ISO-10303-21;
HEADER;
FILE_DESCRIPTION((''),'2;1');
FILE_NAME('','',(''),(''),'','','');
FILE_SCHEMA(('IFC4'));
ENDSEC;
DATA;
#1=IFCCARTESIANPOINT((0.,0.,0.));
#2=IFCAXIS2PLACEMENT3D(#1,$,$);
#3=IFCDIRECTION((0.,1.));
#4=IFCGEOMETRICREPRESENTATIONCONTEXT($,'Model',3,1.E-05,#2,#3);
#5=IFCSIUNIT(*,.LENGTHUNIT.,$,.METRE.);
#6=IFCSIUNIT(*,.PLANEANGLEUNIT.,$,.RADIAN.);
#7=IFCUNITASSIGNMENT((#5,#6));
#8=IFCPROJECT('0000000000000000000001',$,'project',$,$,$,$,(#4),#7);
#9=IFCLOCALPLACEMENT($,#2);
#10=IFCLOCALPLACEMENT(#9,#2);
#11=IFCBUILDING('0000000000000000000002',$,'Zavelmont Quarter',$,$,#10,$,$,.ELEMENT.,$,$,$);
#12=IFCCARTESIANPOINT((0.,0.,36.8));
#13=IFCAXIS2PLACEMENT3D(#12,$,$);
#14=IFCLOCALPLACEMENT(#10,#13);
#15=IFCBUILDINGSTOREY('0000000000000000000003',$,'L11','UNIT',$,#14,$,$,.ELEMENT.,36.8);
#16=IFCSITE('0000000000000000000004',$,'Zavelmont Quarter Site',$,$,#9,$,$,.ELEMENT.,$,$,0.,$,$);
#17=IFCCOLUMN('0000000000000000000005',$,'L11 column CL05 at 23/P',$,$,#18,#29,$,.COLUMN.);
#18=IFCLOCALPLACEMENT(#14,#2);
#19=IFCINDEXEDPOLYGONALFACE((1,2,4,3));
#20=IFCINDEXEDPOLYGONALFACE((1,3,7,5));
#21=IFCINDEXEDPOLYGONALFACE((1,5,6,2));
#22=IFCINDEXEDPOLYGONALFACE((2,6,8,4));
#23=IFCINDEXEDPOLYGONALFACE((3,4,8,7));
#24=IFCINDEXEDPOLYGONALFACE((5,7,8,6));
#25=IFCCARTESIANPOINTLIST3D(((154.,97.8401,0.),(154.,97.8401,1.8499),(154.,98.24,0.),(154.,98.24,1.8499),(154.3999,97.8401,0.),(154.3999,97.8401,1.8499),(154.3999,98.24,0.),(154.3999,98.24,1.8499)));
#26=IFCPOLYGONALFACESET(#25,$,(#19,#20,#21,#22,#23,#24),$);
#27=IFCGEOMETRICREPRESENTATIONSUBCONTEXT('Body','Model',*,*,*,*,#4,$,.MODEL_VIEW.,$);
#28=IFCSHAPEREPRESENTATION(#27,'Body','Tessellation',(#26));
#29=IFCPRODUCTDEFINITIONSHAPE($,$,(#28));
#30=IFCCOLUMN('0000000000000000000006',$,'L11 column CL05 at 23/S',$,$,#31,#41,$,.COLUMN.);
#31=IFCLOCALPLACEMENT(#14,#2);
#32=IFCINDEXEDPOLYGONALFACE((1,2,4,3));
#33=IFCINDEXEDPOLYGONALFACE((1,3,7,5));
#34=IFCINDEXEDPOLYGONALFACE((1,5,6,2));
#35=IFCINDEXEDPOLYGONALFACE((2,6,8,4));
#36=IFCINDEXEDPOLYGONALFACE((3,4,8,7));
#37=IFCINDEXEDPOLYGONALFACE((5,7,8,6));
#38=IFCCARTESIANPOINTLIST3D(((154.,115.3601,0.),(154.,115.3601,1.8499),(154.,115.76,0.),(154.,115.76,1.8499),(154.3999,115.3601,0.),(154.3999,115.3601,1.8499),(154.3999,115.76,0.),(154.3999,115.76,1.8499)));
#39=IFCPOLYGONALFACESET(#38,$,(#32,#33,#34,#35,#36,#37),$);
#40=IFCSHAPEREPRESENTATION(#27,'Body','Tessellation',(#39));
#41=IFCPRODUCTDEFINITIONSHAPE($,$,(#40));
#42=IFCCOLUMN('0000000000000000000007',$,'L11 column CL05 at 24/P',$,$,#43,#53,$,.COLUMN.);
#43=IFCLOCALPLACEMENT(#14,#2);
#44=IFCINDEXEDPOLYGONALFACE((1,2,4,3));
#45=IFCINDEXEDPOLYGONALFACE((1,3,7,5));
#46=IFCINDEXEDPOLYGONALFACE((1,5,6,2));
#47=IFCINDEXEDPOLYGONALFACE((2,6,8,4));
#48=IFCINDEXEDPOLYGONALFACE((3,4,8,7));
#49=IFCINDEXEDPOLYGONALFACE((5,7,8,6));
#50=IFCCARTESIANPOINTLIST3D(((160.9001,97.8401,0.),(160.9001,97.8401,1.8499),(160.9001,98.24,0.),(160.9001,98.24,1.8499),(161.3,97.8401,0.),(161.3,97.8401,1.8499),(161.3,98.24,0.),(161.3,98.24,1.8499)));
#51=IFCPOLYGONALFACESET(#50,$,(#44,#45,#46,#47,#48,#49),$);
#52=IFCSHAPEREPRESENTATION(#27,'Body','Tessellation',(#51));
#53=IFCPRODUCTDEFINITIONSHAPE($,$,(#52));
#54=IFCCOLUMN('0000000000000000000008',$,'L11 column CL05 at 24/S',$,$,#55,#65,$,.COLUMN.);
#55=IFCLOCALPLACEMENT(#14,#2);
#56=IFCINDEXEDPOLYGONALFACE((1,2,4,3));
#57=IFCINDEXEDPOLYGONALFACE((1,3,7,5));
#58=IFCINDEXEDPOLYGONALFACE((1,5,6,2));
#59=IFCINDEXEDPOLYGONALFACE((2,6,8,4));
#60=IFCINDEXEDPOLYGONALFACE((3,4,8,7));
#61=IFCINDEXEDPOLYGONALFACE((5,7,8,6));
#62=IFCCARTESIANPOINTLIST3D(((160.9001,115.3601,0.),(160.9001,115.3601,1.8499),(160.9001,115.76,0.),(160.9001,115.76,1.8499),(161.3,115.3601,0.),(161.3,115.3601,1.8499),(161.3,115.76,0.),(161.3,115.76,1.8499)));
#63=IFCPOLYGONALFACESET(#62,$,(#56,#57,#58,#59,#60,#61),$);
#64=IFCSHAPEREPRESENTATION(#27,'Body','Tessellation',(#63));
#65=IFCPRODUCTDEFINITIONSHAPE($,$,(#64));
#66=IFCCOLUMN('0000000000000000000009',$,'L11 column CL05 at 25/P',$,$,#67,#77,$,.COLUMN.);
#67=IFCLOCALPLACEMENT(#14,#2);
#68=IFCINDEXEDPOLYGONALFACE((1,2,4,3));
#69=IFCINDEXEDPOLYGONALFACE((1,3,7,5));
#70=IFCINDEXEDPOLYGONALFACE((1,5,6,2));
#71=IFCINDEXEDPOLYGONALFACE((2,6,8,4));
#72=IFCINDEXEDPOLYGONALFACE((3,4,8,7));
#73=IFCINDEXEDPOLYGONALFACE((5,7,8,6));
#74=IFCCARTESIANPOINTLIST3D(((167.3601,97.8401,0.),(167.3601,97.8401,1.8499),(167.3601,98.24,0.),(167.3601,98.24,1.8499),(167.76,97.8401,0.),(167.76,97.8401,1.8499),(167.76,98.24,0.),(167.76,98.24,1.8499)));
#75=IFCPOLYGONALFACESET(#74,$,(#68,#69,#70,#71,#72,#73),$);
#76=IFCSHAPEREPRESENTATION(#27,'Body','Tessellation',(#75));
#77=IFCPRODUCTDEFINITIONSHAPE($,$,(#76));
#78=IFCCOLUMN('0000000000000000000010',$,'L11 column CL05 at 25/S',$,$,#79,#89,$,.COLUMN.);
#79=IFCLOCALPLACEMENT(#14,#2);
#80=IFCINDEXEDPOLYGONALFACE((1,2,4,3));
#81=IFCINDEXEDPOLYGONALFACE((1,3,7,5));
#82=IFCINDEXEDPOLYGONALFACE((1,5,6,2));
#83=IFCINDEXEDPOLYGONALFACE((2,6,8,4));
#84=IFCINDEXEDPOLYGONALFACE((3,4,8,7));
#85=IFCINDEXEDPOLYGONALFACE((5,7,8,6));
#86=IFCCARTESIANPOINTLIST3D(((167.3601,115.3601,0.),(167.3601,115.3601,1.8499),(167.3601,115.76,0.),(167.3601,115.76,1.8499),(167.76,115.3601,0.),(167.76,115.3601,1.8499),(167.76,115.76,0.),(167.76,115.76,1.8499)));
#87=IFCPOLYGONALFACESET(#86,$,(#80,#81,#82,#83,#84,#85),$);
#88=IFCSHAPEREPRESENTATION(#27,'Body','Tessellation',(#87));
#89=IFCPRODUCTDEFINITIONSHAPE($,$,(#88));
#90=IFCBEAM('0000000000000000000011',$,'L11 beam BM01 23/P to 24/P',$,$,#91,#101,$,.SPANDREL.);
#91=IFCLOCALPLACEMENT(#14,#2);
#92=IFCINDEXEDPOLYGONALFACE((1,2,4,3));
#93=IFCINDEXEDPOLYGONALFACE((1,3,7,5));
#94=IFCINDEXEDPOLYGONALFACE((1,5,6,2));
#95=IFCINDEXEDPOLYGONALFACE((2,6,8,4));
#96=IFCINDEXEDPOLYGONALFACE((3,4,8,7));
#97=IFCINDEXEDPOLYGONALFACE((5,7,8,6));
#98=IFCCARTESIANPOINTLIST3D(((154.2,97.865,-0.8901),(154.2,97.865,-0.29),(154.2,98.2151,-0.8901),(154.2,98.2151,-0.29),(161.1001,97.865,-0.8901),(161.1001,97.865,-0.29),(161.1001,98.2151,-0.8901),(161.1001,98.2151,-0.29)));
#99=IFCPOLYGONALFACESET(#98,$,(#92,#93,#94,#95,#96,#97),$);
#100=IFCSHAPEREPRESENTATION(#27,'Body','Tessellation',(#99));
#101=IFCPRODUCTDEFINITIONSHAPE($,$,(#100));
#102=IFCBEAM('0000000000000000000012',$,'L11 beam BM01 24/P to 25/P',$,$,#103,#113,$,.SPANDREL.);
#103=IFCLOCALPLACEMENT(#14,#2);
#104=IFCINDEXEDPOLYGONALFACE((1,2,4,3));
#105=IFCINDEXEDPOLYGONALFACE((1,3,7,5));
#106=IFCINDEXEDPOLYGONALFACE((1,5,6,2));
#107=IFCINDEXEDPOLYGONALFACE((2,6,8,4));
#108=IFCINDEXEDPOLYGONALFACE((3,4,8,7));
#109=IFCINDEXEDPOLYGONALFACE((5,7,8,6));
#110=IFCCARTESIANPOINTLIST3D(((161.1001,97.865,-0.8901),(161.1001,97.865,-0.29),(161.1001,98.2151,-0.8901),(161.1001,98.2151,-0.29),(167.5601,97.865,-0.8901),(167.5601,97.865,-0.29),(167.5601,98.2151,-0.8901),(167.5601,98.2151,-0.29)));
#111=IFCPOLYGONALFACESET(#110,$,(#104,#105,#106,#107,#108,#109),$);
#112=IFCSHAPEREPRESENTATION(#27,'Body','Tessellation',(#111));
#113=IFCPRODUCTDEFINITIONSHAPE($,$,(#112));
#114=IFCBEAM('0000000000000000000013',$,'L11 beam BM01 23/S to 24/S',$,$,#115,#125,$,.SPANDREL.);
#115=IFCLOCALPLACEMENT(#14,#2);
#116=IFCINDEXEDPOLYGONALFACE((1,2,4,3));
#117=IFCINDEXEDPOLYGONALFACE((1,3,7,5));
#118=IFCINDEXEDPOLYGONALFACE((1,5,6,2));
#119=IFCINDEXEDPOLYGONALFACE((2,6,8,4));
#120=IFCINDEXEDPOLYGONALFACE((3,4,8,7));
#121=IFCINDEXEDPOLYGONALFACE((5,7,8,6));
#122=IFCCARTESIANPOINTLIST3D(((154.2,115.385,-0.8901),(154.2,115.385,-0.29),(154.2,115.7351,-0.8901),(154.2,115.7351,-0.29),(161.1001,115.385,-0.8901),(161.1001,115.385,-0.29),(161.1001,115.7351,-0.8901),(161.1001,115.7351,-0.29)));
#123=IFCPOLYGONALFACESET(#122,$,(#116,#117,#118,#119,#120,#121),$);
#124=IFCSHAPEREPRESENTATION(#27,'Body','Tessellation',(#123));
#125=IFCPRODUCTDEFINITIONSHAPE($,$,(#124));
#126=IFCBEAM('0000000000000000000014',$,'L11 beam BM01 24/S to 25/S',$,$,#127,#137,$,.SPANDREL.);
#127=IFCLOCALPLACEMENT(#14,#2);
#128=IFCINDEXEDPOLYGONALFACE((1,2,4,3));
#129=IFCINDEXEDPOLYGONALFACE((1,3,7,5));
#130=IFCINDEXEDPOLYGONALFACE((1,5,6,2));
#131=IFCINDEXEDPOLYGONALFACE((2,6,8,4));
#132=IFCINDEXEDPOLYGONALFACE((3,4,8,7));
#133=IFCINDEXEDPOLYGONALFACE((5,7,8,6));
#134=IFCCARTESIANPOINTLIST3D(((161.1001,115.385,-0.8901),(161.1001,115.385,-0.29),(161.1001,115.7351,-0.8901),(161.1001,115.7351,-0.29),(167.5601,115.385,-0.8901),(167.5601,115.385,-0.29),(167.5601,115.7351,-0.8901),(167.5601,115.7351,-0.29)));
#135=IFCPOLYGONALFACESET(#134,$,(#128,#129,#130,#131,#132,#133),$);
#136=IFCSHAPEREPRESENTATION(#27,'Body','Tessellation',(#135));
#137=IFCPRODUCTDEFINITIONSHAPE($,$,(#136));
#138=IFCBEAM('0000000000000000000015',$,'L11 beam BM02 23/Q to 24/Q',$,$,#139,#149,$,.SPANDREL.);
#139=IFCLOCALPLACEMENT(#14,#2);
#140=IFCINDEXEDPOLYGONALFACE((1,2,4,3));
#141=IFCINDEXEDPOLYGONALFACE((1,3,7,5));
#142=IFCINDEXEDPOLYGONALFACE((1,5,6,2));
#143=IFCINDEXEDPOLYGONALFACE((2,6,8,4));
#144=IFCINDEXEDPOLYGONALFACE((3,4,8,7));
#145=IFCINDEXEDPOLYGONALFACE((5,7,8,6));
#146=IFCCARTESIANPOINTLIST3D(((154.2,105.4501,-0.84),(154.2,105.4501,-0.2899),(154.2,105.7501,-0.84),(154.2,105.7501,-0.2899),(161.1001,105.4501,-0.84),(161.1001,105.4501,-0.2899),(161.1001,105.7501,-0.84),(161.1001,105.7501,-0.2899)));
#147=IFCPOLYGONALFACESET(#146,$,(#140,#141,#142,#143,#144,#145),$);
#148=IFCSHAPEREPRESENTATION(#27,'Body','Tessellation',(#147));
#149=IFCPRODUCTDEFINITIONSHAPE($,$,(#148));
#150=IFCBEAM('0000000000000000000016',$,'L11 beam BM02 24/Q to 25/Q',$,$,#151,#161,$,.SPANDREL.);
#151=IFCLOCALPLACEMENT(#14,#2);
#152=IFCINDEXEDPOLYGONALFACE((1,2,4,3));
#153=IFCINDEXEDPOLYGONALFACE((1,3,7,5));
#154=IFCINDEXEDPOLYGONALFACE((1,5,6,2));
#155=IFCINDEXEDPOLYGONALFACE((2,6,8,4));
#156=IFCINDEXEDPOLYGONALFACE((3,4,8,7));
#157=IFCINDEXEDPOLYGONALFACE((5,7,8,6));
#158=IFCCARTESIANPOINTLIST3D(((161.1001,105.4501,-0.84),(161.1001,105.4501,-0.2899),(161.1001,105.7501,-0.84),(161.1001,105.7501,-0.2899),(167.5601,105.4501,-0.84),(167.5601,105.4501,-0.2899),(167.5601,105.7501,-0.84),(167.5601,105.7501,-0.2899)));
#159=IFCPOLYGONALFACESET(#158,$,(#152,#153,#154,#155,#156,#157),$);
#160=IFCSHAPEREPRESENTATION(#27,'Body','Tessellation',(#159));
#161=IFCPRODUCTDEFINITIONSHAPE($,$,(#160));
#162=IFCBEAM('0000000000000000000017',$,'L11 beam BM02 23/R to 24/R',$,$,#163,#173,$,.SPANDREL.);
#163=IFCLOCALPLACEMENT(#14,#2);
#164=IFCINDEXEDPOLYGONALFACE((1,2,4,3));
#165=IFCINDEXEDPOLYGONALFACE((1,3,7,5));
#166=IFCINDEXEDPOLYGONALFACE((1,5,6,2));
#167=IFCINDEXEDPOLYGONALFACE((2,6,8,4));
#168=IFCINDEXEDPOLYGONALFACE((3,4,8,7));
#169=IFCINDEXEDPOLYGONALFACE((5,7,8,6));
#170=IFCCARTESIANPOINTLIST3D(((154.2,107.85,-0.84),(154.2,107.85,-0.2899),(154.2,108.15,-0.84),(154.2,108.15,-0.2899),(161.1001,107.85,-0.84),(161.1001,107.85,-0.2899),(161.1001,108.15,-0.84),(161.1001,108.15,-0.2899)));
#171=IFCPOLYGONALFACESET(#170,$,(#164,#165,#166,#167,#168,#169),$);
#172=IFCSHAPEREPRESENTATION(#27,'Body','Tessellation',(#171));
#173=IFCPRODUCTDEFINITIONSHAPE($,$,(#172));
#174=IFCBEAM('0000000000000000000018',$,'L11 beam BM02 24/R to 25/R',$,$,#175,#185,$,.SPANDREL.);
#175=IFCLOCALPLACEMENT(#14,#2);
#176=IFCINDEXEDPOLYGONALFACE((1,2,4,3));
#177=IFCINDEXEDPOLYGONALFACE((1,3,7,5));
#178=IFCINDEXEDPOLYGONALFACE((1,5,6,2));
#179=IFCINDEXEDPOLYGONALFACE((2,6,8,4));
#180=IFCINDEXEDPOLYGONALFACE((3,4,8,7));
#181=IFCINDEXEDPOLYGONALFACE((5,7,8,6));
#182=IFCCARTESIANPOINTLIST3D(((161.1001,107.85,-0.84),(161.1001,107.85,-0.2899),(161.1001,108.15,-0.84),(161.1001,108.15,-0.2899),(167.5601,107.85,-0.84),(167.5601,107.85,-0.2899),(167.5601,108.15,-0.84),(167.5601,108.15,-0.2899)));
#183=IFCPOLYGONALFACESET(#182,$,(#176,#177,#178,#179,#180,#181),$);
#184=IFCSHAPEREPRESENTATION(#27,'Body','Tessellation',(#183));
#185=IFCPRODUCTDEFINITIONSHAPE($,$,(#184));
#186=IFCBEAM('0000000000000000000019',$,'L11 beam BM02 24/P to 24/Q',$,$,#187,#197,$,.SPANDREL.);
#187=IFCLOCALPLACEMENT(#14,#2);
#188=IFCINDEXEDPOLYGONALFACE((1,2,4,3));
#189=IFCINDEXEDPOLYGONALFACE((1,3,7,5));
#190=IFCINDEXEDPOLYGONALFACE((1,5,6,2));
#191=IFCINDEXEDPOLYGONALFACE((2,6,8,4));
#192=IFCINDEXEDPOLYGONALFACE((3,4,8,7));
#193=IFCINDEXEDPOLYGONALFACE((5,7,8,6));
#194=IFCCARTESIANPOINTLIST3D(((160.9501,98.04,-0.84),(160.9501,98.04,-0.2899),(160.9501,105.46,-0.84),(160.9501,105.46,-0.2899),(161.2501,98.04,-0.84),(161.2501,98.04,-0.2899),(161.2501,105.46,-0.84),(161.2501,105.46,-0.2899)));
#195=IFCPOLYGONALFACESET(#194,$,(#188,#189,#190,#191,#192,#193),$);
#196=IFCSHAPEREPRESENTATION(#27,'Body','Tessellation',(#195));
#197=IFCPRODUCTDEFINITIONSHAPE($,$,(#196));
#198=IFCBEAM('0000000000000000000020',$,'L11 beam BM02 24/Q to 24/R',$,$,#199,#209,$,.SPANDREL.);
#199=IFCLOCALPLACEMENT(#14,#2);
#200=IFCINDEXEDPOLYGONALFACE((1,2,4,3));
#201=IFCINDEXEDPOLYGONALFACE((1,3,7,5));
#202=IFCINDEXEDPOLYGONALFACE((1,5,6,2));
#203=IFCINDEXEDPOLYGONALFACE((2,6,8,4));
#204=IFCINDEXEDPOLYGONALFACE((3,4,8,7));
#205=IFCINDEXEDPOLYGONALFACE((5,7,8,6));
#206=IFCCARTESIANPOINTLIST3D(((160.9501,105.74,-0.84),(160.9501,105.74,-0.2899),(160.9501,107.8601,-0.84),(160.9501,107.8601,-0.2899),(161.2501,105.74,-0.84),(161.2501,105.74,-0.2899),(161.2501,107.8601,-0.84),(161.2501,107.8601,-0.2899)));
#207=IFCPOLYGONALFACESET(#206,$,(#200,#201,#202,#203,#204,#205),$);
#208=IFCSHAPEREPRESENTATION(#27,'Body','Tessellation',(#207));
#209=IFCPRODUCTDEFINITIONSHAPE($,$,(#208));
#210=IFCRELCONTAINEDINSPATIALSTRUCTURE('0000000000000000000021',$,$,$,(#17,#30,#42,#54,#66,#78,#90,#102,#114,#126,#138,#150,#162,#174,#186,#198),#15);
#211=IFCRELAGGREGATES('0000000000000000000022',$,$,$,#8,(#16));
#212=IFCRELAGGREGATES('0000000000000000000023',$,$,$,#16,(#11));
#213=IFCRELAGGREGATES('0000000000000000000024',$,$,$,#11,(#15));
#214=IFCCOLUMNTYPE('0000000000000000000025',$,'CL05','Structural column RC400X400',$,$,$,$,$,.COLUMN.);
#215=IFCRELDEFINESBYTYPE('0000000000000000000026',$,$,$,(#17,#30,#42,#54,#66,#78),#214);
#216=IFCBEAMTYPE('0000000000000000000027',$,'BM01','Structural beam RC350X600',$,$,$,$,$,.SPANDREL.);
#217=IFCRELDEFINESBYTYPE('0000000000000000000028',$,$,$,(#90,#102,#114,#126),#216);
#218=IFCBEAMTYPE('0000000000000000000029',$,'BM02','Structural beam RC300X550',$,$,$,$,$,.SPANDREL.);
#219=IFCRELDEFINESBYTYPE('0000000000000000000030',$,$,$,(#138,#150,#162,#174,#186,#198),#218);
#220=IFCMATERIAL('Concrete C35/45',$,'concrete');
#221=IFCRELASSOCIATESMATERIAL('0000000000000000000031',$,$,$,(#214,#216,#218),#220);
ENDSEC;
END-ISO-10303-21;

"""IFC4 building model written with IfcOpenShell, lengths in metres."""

from ifc_helpers import new_model, si_unit, direction, frame, origin, origin_2d, place, context, subcontext, project, spatial, rectangle, extrude, material, material_profile, profile_set, type_object, element, save


model = new_model("IFC4")

# Units and contexts
model_context = context("Model", 3, precision=1e-05, world=origin(), true_north=direction((0.0, 1.0)))
body_context = subcontext(model_context, "Body", "Model", "MODEL_VIEW")
ifc_project = project(units=[si_unit("LENGTHUNIT", "METRE"), si_unit("PLANEANGLEUNIT", "RADIAN")], contexts=[model_context])

# Site, building, storey
site_placement = place(None, origin())
site = spatial("IfcSite", under=ifc_project, at=site_placement, Name="Zavelmont Quarter Site", CompositionType="ELEMENT", RefElevation=0.0)
building_placement = place(site_placement, origin())
building = spatial("IfcBuilding", under=site, at=building_placement, Name="Zavelmont Quarter", CompositionType="ELEMENT")
storey_placement = place(building_placement, frame((0.0, 0.0, 36.8)))
storey = spatial("IfcBuildingStorey", under=building, at=storey_placement, Name="L11", Description="UNIT", CompositionType="ELEMENT", Elevation=36.8)

# Columns
ifc_material_1 = material(Name="Concrete C35/45", Category="concrete")
ifc_material_profile_1 = material_profile(ifc_material_1, rectangle(XDim=0.3999, YDim=0.3999, at=origin_2d()), Name="RC400X400")
ifc_profile_set_1 = profile_set([ifc_material_profile_1], Name="Concrete C35/45")
column_type = type_object("IfcColumnType", Name="CL05", Description="Structural column RC400X400", PredefinedType="COLUMN", material=ifc_profile_set_1)
for number, where, z_axis, x_axis, name in (
    (1, (154.2, 98.04, 0.0), (0.0, 0.0, 1.0), (1.0, 0.0, 0.0), "L11 column CL05 at 23/P"),
    (2, (154.2, 115.5601, 0.0), (0.0, 0.0, 1.0), (1.0, 0.0, 0.0), "L11 column CL05 at 23/S"),
    (3, (161.1001, 98.04, 0.0), (0.0, 0.0, 1.0), (1.0, 0.0, 0.0), "L11 column CL05 at 24/P"),
    (4, (161.1001, 115.5601, 0.0), (0.0, 0.0, 1.0), (1.0, 0.0, 0.0), "L11 column CL05 at 24/S"),
    (5, (167.5601, 98.04, 0.0), (0.0, 0.0, 1.0), (1.0, 0.0, 0.0), "L11 column CL05 at 25/P"),
    (6, (167.5601, 115.5601, 0.0), (0.0, 0.0, 1.0), (1.0, 0.0, 0.0), "L11 column CL05 at 25/S"),
):
    element("IfcColumn", number, at=place(storey_placement, frame(where, z_axis=z_axis, x_axis=x_axis)), inside=storey, type_object=column_type, Name=name, PredefinedType="COLUMN", context=body_context, shape_type="SweptSolid", body=[
        extrude(rectangle(XDim=0.3999, YDim=0.3999, at=origin_2d()), origin(), (0.0, 0.0, 1.0), 1.8499),
    ])

# Beams
ifc_material_profile_2 = material_profile(ifc_material_1, rectangle(XDim=0.3501, YDim=0.6001, at=origin_2d()), Name="RC350X600")
ifc_profile_set_2 = profile_set([ifc_material_profile_2], Name="Concrete C35/45")
beam_type_1 = type_object("IfcBeamType", Name="BM01", Description="Structural beam RC350X600", PredefinedType="SPANDREL", material=ifc_profile_set_2)
beam_1_placement = place(storey_placement, frame((154.2, 98.04, -0.5901), z_axis=(1.0, 0.0, 0.0), x_axis=(0.0, 1.0, 0.0)))
element("IfcBeam", 7, at=beam_1_placement, inside=storey, type_object=beam_type_1, Name="L11 beam BM01 23/P to 24/P", PredefinedType="SPANDREL", context=body_context, shape_type="SweptSolid", body=[
    extrude(rectangle(XDim=0.3501, YDim=0.6001, at=origin_2d()), origin(), (0.0, 0.0, 1.0), 6.9001),
])
beam_2_placement = place(storey_placement, frame((161.1001, 98.04, -0.5901), z_axis=(1.0, 0.0, 0.0), x_axis=(0.0, 1.0, 0.0)))
element("IfcBeam", 8, at=beam_2_placement, inside=storey, type_object=beam_type_1, Name="L11 beam BM01 24/P to 25/P", PredefinedType="SPANDREL", context=body_context, shape_type="SweptSolid", body=[
    extrude(rectangle(XDim=0.3501, YDim=0.6001, at=origin_2d()), origin(), (0.0, 0.0, 1.0), 6.46),
])
beam_3_placement = place(storey_placement, frame((154.2, 115.5601, -0.5901), z_axis=(1.0, 0.0, 0.0), x_axis=(0.0, 1.0, 0.0)))
element("IfcBeam", 9, at=beam_3_placement, inside=storey, type_object=beam_type_1, Name="L11 beam BM01 23/S to 24/S", PredefinedType="SPANDREL", context=body_context, shape_type="SweptSolid", body=[
    extrude(rectangle(XDim=0.3501, YDim=0.6001, at=origin_2d()), origin(), (0.0, 0.0, 1.0), 6.9001),
])
beam_4_placement = place(storey_placement, frame((161.1001, 115.5601, -0.5901), z_axis=(1.0, 0.0, 0.0), x_axis=(0.0, 1.0, 0.0)))
element("IfcBeam", 10, at=beam_4_placement, inside=storey, type_object=beam_type_1, Name="L11 beam BM01 24/S to 25/S", PredefinedType="SPANDREL", context=body_context, shape_type="SweptSolid", body=[
    extrude(rectangle(XDim=0.3501, YDim=0.6001, at=origin_2d()), origin(), (0.0, 0.0, 1.0), 6.46),
])
ifc_material_profile_3 = material_profile(ifc_material_1, rectangle(XDim=0.3, YDim=0.55, at=origin_2d()), Name="RC300X550")
ifc_profile_set_3 = profile_set([ifc_material_profile_3], Name="Concrete C35/45")
beam_type_2 = type_object("IfcBeamType", Name="BM02", Description="Structural beam RC300X550", PredefinedType="SPANDREL", material=ifc_profile_set_3)
beam_5_placement = place(storey_placement, frame((154.2, 105.6001, -0.5649), z_axis=(1.0, 0.0, 0.0), x_axis=(0.0, 1.0, 0.0)))
element("IfcBeam", 11, at=beam_5_placement, inside=storey, type_object=beam_type_2, Name="L11 beam BM02 23/Q to 24/Q", PredefinedType="SPANDREL", context=body_context, shape_type="SweptSolid", body=[
    extrude(rectangle(XDim=0.3, YDim=0.55, at=origin_2d()), origin(), (0.0, 0.0, 1.0), 6.9001),
])
beam_6_placement = place(storey_placement, frame((161.1001, 105.6001, -0.5649), z_axis=(1.0, 0.0, 0.0), x_axis=(0.0, 1.0, 0.0)))
element("IfcBeam", 12, at=beam_6_placement, inside=storey, type_object=beam_type_2, Name="L11 beam BM02 24/Q to 25/Q", PredefinedType="SPANDREL", context=body_context, shape_type="SweptSolid", body=[
    extrude(rectangle(XDim=0.3, YDim=0.55, at=origin_2d()), origin(), (0.0, 0.0, 1.0), 6.46),
])
beam_7_placement = place(storey_placement, frame((154.2, 108.0, -0.5649), z_axis=(1.0, 0.0, 0.0), x_axis=(0.0, 1.0, 0.0)))
element("IfcBeam", 13, at=beam_7_placement, inside=storey, type_object=beam_type_2, Name="L11 beam BM02 23/R to 24/R", PredefinedType="SPANDREL", context=body_context, shape_type="SweptSolid", body=[
    extrude(rectangle(XDim=0.3, YDim=0.55, at=origin_2d()), origin(), (0.0, 0.0, 1.0), 6.9001),
])
beam_8_placement = place(storey_placement, frame((161.1001, 108.0, -0.5649), z_axis=(1.0, 0.0, 0.0), x_axis=(0.0, 1.0, 0.0)))
element("IfcBeam", 14, at=beam_8_placement, inside=storey, type_object=beam_type_2, Name="L11 beam BM02 24/R to 25/R", PredefinedType="SPANDREL", context=body_context, shape_type="SweptSolid", body=[
    extrude(rectangle(XDim=0.3, YDim=0.55, at=origin_2d()), origin(), (0.0, 0.0, 1.0), 6.46),
])
beam_9_placement = place(storey_placement, frame((161.1001, 98.04, -0.5649), z_axis=(0.0, 1.0, 0.0), x_axis=(-1.0, 0.0, 0.0)))
element("IfcBeam", 15, at=beam_9_placement, inside=storey, type_object=beam_type_2, Name="L11 beam BM02 24/P to 24/Q", PredefinedType="SPANDREL", context=body_context, shape_type="SweptSolid", body=[
    extrude(rectangle(XDim=0.3, YDim=0.55, at=origin_2d()), origin(), (0.0, 0.0, 1.0), 7.4199),
])
beam_10_placement = place(storey_placement, frame((161.1001, 105.74, -0.5649), z_axis=(0.0, 1.0, 0.0), x_axis=(-1.0, 0.0, 0.0)))
element("IfcBeam", 16, at=beam_10_placement, inside=storey, type_object=beam_type_2, Name="L11 beam BM02 24/Q to 24/R", PredefinedType="SPANDREL", context=body_context, shape_type="SweptSolid", body=[
    extrude(rectangle(XDim=0.3, YDim=0.55, at=origin_2d()), origin(), (0.0, 0.0, 1.0), 2.1201),
])

save(model, "model.ifc")
